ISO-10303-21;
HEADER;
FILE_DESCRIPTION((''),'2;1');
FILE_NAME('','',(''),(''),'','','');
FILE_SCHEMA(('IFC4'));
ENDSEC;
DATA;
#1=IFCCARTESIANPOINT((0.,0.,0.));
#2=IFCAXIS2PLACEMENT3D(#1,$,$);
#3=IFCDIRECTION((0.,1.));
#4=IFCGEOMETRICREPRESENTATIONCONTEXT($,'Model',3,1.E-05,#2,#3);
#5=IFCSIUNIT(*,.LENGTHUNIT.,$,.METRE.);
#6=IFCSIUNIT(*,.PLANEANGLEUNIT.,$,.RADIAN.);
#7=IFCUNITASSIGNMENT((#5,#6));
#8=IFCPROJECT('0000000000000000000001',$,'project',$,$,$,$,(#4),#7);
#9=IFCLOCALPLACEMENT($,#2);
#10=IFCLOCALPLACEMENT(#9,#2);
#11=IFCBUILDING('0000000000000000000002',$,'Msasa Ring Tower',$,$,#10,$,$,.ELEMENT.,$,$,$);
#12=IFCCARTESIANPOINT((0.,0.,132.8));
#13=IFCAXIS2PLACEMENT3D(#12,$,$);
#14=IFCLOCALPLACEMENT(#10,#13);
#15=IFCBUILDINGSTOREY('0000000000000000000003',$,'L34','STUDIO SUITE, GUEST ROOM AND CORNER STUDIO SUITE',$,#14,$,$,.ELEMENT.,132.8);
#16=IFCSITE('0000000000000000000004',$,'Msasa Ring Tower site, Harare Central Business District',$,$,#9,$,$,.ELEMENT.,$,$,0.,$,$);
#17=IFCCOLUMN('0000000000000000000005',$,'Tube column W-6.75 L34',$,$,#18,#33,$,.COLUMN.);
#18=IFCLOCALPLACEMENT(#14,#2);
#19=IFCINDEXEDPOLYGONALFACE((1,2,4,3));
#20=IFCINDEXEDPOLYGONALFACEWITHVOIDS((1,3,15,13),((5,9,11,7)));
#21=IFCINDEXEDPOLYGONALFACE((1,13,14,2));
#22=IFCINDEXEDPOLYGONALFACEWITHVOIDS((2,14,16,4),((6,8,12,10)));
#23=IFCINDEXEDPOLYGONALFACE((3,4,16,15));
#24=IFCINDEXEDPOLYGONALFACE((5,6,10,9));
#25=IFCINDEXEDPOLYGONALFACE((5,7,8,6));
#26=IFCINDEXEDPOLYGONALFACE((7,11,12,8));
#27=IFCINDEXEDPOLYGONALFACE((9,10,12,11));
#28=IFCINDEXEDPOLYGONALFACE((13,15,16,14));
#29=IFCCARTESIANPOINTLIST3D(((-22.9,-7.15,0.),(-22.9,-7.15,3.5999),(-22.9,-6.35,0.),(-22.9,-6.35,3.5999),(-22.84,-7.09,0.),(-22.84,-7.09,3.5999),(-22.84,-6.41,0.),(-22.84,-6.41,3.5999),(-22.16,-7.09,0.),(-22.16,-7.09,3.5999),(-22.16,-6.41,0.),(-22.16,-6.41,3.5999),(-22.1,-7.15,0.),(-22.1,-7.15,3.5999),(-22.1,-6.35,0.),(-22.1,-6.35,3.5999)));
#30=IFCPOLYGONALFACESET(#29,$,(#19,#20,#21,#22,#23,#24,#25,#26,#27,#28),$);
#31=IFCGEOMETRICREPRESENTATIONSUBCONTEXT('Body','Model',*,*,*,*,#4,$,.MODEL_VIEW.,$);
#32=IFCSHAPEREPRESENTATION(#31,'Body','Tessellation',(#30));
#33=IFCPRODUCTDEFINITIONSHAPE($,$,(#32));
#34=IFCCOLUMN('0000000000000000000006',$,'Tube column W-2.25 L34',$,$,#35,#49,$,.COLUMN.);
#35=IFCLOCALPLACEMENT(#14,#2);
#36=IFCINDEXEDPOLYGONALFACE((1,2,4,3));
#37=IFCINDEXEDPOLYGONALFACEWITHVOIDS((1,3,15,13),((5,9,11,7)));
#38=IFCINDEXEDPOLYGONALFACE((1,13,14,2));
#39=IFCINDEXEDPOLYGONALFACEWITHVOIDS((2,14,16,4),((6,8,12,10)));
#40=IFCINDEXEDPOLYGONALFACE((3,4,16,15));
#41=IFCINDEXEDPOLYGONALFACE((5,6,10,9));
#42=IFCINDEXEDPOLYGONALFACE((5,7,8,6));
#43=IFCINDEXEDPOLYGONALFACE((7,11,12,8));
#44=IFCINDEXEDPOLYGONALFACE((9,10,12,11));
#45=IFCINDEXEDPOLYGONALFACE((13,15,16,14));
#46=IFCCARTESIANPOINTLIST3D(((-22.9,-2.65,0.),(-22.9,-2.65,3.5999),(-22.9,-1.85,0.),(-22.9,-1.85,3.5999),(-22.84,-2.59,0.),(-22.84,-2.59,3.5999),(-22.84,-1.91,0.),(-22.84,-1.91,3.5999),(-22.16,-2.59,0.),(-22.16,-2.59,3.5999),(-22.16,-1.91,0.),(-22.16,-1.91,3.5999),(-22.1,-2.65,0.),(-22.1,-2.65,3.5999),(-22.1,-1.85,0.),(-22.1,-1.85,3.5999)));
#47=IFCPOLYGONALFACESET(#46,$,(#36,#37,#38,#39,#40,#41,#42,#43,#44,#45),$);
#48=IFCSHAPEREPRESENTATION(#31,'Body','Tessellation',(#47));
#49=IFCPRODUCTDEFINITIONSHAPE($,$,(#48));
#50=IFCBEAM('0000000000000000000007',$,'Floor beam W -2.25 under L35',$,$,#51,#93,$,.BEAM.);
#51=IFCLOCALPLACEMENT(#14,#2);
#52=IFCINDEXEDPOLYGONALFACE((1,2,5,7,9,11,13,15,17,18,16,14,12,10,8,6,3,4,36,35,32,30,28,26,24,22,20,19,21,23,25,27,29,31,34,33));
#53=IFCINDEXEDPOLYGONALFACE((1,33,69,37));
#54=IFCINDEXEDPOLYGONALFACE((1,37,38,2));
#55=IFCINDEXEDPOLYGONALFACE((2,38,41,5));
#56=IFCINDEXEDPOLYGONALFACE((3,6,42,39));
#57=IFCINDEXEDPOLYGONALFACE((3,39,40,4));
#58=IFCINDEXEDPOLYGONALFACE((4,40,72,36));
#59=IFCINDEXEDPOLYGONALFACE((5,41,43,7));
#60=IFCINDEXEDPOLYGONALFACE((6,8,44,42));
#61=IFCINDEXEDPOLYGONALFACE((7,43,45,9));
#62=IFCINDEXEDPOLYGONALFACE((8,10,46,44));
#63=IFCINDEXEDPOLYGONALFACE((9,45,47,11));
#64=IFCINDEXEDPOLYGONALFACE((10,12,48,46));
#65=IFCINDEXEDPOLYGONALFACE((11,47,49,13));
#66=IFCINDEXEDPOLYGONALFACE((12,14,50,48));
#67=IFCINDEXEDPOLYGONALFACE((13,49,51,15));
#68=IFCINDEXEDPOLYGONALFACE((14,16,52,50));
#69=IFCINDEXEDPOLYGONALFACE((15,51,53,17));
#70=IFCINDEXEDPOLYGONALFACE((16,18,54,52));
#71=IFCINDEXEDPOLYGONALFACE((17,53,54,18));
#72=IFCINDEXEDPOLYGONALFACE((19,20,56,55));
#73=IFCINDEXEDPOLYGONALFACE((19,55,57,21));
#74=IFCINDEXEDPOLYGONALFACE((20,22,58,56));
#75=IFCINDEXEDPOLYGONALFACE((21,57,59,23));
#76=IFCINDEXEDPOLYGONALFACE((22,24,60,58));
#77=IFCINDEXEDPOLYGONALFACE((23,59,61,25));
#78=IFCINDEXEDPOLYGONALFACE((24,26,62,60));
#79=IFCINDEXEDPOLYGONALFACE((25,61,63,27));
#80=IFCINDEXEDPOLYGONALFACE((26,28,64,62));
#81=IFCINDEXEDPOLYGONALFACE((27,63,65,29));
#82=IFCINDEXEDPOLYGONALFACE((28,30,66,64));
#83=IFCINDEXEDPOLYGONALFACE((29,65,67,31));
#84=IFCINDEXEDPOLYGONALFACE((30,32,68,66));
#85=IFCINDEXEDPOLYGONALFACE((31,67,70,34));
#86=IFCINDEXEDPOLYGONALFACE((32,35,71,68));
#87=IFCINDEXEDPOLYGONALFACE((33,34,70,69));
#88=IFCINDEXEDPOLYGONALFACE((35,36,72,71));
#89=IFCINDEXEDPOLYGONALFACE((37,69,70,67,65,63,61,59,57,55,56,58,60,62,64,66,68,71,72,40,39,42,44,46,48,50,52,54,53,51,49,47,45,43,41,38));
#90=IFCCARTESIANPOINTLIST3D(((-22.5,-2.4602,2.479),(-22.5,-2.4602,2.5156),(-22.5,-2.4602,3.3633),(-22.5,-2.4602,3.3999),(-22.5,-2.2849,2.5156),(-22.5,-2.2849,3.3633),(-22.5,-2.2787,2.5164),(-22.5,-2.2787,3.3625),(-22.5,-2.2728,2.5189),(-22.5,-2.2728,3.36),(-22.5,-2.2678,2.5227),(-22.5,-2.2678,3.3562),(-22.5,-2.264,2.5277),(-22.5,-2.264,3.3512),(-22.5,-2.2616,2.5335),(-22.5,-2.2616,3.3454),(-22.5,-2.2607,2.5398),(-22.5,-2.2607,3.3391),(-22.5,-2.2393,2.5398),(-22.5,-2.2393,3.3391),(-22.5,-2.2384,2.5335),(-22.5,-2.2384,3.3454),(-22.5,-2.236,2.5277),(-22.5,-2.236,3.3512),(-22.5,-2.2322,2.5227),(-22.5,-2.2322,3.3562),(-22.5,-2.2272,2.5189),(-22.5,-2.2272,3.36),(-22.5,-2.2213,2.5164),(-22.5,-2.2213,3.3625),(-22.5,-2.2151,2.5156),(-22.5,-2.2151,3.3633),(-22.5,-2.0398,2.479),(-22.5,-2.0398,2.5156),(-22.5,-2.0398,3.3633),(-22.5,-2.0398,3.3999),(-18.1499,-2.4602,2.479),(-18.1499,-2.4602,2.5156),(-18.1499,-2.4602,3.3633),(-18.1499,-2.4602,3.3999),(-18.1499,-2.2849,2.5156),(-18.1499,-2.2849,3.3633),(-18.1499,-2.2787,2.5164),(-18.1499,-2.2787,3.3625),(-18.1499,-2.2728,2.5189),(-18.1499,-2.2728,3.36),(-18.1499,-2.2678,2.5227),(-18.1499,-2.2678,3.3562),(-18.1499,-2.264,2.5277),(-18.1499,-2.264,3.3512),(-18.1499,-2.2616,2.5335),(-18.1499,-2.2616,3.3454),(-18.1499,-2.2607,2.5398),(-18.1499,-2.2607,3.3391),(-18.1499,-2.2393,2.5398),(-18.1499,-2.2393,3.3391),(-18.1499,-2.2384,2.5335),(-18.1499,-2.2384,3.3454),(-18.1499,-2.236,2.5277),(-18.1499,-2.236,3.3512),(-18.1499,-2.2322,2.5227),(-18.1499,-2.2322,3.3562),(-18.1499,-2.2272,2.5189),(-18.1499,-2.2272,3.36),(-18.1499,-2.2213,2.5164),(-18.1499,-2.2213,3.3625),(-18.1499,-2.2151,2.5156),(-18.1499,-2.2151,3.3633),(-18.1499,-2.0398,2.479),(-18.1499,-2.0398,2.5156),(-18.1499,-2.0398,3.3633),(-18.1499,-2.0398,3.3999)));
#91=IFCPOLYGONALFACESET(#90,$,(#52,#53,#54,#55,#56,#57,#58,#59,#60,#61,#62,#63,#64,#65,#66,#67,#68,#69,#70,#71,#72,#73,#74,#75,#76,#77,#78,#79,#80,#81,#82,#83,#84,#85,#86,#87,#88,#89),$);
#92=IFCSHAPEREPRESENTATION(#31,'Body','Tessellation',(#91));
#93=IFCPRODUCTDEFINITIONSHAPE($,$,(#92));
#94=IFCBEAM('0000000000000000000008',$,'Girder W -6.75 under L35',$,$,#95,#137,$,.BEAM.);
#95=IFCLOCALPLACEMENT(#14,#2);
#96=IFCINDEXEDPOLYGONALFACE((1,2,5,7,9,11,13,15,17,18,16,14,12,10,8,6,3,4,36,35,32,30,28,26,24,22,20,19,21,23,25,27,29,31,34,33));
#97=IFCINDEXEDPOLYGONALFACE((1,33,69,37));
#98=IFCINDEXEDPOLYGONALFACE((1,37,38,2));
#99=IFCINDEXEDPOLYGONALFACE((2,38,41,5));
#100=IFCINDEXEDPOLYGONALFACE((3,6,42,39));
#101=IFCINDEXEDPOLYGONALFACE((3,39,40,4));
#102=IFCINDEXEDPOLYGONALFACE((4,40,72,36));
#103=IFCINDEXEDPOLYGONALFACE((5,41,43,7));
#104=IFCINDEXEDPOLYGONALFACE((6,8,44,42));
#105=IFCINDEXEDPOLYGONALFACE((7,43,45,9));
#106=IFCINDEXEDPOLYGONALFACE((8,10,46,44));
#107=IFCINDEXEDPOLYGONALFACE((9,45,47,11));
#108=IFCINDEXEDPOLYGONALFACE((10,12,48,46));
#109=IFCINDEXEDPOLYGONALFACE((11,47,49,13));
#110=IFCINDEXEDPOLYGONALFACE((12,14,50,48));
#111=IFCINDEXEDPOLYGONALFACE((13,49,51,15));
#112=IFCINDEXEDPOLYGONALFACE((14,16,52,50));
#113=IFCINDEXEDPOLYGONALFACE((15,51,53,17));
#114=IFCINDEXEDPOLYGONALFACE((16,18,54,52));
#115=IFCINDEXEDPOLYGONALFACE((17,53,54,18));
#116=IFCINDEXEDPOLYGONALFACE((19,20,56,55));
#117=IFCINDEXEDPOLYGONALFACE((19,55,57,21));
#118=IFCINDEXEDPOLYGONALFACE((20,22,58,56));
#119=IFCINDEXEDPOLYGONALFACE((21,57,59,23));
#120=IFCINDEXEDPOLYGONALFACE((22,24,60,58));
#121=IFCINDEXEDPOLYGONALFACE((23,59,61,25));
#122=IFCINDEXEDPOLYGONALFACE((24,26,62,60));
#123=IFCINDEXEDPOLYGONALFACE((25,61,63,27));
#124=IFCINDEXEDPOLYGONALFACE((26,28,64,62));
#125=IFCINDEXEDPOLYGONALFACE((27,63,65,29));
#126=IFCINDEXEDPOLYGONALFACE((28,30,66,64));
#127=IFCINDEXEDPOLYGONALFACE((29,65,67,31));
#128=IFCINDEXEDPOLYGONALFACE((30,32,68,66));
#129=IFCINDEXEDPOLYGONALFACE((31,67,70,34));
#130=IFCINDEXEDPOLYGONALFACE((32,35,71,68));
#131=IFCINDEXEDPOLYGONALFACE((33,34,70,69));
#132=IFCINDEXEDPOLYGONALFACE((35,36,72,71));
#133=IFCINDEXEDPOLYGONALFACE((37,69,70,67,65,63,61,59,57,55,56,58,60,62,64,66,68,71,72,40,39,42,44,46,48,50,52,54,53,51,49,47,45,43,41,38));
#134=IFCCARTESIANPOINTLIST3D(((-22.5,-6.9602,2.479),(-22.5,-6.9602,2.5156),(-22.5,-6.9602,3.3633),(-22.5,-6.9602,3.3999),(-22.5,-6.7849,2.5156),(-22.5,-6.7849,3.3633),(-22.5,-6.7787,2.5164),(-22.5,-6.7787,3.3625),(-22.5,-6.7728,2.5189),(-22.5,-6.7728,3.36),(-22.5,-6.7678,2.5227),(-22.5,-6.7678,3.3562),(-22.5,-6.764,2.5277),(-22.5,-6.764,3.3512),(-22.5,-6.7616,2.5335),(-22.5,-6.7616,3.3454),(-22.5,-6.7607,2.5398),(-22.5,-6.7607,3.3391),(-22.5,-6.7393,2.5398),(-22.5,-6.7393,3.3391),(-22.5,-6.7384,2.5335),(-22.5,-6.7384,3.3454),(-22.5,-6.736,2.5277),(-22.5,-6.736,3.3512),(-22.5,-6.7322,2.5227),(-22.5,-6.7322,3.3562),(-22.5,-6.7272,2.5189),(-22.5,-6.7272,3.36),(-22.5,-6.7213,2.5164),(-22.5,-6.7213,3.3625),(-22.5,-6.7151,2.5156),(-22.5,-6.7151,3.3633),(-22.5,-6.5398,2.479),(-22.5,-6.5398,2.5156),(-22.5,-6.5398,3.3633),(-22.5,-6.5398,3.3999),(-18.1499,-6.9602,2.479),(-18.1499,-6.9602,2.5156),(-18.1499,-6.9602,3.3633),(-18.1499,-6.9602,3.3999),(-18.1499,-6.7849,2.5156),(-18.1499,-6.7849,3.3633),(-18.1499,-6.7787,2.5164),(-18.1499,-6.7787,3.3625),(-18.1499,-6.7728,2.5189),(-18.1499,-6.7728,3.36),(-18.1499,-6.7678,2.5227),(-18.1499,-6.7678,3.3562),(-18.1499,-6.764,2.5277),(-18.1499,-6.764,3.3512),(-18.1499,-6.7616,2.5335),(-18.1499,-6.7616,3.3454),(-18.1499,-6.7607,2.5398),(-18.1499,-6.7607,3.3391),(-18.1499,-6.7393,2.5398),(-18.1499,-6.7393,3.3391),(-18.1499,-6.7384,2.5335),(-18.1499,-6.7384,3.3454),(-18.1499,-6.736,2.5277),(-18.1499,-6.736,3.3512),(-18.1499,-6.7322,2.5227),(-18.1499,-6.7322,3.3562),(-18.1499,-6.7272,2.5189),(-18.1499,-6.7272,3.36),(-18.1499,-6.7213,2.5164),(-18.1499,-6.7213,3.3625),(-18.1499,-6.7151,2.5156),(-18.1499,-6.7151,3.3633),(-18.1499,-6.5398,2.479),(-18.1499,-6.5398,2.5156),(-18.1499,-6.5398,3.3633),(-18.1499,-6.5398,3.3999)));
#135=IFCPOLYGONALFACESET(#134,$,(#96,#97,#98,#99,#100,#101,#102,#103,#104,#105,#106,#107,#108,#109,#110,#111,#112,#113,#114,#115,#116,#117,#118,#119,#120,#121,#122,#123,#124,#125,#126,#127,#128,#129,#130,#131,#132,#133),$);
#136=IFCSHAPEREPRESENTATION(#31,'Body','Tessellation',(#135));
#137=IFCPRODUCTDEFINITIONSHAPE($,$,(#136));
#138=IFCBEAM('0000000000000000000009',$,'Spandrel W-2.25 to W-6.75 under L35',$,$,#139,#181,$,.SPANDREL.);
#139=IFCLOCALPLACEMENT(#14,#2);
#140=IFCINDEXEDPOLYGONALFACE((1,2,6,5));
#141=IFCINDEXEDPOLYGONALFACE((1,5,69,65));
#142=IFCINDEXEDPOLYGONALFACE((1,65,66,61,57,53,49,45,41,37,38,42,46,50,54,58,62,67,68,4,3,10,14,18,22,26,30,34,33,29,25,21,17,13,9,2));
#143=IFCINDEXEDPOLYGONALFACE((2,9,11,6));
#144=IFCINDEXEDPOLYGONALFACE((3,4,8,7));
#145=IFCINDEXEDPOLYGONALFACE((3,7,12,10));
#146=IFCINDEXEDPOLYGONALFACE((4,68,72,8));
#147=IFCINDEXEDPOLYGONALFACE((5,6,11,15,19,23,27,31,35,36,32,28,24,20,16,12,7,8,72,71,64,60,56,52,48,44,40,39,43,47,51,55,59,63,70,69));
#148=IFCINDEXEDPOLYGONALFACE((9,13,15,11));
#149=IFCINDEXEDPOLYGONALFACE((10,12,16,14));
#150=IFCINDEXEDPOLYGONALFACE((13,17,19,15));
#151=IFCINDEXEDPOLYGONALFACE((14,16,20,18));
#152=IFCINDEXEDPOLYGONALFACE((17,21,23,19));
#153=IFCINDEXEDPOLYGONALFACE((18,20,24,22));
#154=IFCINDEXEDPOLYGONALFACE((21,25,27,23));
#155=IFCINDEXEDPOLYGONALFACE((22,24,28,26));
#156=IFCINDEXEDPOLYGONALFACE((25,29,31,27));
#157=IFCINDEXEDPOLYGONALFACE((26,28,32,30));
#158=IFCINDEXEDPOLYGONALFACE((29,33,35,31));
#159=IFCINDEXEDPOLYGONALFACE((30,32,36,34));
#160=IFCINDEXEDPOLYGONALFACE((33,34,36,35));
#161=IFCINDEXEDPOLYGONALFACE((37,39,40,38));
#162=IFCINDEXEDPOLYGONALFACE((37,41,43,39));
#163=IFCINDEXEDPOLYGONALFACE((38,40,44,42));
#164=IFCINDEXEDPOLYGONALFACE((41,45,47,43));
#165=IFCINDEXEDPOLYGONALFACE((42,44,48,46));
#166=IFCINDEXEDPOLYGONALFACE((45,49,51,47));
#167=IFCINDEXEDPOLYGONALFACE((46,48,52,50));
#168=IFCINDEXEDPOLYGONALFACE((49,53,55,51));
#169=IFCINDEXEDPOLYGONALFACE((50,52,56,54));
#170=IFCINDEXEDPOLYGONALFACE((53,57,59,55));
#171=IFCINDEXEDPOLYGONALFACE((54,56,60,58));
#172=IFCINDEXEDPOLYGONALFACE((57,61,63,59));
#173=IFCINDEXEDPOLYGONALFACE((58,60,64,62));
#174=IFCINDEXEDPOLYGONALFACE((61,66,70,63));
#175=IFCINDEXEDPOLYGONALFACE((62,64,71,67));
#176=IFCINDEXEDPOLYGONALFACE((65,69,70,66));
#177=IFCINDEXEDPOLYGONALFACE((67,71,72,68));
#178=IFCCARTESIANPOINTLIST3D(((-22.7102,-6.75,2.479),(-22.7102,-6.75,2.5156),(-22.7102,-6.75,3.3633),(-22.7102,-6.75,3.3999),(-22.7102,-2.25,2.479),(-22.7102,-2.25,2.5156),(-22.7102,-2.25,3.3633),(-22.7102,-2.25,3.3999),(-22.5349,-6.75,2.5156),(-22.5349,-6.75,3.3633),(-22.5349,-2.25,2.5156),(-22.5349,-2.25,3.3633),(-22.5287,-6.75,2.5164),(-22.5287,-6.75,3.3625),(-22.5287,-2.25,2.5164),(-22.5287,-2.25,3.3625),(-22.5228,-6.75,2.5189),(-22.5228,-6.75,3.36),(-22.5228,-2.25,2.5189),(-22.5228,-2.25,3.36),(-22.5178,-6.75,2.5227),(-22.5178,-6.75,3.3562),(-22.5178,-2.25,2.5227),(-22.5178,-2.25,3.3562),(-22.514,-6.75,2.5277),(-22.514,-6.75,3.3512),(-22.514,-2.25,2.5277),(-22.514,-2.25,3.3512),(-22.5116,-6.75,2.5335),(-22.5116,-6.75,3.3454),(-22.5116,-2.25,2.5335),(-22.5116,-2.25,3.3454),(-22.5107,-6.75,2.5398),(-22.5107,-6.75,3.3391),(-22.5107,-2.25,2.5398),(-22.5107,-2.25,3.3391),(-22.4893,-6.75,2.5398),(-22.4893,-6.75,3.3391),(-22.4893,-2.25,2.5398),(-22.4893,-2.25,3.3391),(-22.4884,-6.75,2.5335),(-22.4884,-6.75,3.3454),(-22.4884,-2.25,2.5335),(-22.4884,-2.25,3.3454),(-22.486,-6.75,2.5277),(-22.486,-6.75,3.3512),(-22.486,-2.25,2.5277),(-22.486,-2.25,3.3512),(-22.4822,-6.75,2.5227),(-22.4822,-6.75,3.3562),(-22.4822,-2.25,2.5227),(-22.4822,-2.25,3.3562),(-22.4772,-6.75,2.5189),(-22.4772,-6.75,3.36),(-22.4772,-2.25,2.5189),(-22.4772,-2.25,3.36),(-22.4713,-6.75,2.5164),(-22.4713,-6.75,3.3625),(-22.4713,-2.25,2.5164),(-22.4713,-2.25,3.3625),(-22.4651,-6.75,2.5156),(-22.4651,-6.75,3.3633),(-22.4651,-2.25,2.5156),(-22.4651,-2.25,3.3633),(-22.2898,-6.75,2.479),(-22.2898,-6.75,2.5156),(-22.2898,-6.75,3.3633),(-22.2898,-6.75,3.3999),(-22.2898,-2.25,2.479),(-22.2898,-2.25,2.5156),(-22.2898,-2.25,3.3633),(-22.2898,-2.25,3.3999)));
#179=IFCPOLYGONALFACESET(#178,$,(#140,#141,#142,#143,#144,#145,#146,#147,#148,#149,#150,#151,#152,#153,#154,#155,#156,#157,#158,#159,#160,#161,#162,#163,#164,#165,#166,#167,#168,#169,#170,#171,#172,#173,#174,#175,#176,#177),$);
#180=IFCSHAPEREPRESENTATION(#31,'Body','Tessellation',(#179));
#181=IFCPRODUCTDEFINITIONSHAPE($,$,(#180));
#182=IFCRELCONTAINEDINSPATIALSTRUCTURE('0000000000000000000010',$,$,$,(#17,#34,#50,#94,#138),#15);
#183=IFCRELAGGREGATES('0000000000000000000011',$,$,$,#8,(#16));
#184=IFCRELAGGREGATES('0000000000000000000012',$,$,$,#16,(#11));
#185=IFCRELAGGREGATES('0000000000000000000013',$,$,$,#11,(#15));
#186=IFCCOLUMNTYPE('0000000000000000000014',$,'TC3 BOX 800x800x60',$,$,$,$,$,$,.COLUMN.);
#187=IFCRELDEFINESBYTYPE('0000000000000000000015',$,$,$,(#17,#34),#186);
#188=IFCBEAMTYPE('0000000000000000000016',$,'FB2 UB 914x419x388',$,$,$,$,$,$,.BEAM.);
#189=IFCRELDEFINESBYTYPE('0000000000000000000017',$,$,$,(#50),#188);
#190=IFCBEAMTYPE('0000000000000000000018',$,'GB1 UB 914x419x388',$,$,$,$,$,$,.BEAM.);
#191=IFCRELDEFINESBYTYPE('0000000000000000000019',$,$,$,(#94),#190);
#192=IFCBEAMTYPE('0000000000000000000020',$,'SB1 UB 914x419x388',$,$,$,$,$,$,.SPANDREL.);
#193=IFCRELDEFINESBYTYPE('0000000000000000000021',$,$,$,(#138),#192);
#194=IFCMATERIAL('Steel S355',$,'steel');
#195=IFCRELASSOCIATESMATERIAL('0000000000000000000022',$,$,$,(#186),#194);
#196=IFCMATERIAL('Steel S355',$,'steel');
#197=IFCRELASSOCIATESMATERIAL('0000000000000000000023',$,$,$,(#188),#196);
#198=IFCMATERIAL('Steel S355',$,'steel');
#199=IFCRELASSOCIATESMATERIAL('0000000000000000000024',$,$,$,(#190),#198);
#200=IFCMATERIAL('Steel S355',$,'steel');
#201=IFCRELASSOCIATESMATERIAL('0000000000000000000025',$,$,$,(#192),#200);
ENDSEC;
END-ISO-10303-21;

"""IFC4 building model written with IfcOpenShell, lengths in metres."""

from ifc_helpers import new_model, si_unit, direction, frame, origin, origin_2d, place, context, subcontext, project, spatial, hollow_rectangle, i_section, extrude, material, material_profile, profile_set, type_object, element, save


model = new_model("IFC4")

# Units and contexts
model_context = context("Model", 3, precision=1e-05, world=origin(), true_north=direction((0.0, 1.0)))
body_context = subcontext(model_context, "Body", "Model", "MODEL_VIEW")
ifc_project = project(units=[si_unit("LENGTHUNIT", "METRE"), si_unit("PLANEANGLEUNIT", "RADIAN")], contexts=[model_context])

# Site, building, storey
site_placement = place(None, origin())
site = spatial("IfcSite", under=ifc_project, at=site_placement, Name="Msasa Ring Tower site, Harare Central Business District", CompositionType="ELEMENT", RefElevation=0.0)
building_placement = place(site_placement, origin())
building = spatial("IfcBuilding", under=site, at=building_placement, Name="Msasa Ring Tower", CompositionType="ELEMENT")
storey_placement = place(building_placement, frame((0.0, 0.0, 132.8)))
storey = spatial("IfcBuildingStorey", under=building, at=storey_placement, Name="L34", Description="STUDIO SUITE, GUEST ROOM AND CORNER STUDIO SUITE", CompositionType="ELEMENT", Elevation=132.8)

# Columns
ifc_material_1 = material(Name="Steel S355", Category="steel")
ifc_material_profile_1 = material_profile(ifc_material_1, hollow_rectangle(XDim=0.8, YDim=0.8, WallThickness=0.0601, at=origin_2d()), Name="BOX 800x800x60")
ifc_profile_set_1 = profile_set([ifc_material_profile_1], Name="Steel S355")
column_type = type_object("IfcColumnType", Name="TC3 BOX 800x800x60", PredefinedType="COLUMN", material=ifc_profile_set_1)
for number, where, z_axis, x_axis, name in (
    (1, (-22.5, -6.75, 0.0), (0.0, 0.0, 1.0), (1.0, 0.0, 0.0), "Tube column W-6.75 L34"),
    (2, (-22.5, -2.25, 0.0), (0.0, 0.0, 1.0), (1.0, 0.0, 0.0), "Tube column W-2.25 L34"),
):
    element("IfcColumn", number, at=place(storey_placement, frame(where, z_axis=z_axis, x_axis=x_axis)), inside=storey, type_object=column_type, Name=name, PredefinedType="COLUMN", context=body_context, shape_type="SweptSolid", body=[
        extrude(hollow_rectangle(XDim=0.8, YDim=0.8, WallThickness=0.0601, at=origin_2d()), origin(), (0.0, 0.0, 1.0), 3.5999),
    ])

# Beams
ifc_material_2 = material(Name="Steel S355", Category="steel")
ifc_material_profile_2 = material_profile(ifc_material_2, i_section(OverallWidth=0.4204, OverallDepth=0.9209, WebThickness=0.0215, FlangeThickness=0.0366, FilletRadius=0.0242, at=origin_2d()), Name="UB 914x419x388")
ifc_profile_set_2 = profile_set([ifc_material_profile_2], Name="Steel S355")
beam_type_1 = type_object("IfcBeamType", Name="FB2 UB 914x419x388", PredefinedType="BEAM", material=ifc_profile_set_2)
beam_1_placement = place(storey_placement, frame((-22.5, -2.25, 2.9395), z_axis=(1.0, 0.0, 0.0), x_axis=(0.0, 1.0, 0.0)))
element("IfcBeam", 3, at=beam_1_placement, inside=storey, type_object=beam_type_1, Name="Floor beam W -2.25 under L35", PredefinedType="BEAM", context=body_context, shape_type="SweptSolid", body=[
    extrude(i_section(OverallWidth=0.4204, OverallDepth=0.9209, WebThickness=0.0215, FlangeThickness=0.0366, FilletRadius=0.0242, at=origin_2d()), origin(), (0.0, 0.0, 1.0), 4.3501),
])
ifc_material_3 = material(Name="Steel S355", Category="steel")
ifc_material_profile_3 = material_profile(ifc_material_3, i_section(OverallWidth=0.4204, OverallDepth=0.9209, WebThickness=0.0215, FlangeThickness=0.0366, FilletRadius=0.0242, at=origin_2d()), Name="UB 914x419x388")
ifc_profile_set_3 = profile_set([ifc_material_profile_3], Name="Steel S355")
beam_type_2 = type_object("IfcBeamType", Name="GB1 UB 914x419x388", PredefinedType="BEAM", material=ifc_profile_set_3)
beam_2_placement = place(storey_placement, frame((-18.1499, -6.75, 2.9395), z_axis=(-1.0, 0.0, 0.0), x_axis=(0.0, -1.0, 0.0)))
element("IfcBeam", 4, at=beam_2_placement, inside=storey, type_object=beam_type_2, Name="Girder W -6.75 under L35", PredefinedType="BEAM", context=body_context, shape_type="SweptSolid", body=[
    extrude(i_section(OverallWidth=0.4204, OverallDepth=0.9209, WebThickness=0.0215, FlangeThickness=0.0366, FilletRadius=0.0242, at=origin_2d()), origin(), (0.0, 0.0, 1.0), 4.3501),
])
ifc_material_4 = material(Name="Steel S355", Category="steel")
ifc_material_profile_4 = material_profile(ifc_material_4, i_section(OverallWidth=0.4204, OverallDepth=0.9209, WebThickness=0.0215, FlangeThickness=0.0366, FilletRadius=0.0242, at=origin_2d()), Name="UB 914x419x388")
ifc_profile_set_4 = profile_set([ifc_material_profile_4], Name="Steel S355")
beam_type_3 = type_object("IfcBeamType", Name="SB1 UB 914x419x388", PredefinedType="SPANDREL", material=ifc_profile_set_4)
for number, where, z_axis, x_axis, name in (
    (5, (-22.5, -2.25, 2.9395), (0.0, -1.0, 0.0), (1.0, 0.0, 0.0), "Spandrel W-2.25 to W-6.75 under L35"),
):
    element("IfcBeam", number, at=place(storey_placement, frame(where, z_axis=z_axis, x_axis=x_axis)), inside=storey, type_object=beam_type_3, Name=name, PredefinedType="SPANDREL", context=body_context, shape_type="SweptSolid", body=[
        extrude(i_section(OverallWidth=0.4204, OverallDepth=0.9209, WebThickness=0.0215, FlangeThickness=0.0366, FilletRadius=0.0242, at=origin_2d()), origin(), (0.0, 0.0, 1.0), 4.5),
    ])

save(model, "model.ifc")
